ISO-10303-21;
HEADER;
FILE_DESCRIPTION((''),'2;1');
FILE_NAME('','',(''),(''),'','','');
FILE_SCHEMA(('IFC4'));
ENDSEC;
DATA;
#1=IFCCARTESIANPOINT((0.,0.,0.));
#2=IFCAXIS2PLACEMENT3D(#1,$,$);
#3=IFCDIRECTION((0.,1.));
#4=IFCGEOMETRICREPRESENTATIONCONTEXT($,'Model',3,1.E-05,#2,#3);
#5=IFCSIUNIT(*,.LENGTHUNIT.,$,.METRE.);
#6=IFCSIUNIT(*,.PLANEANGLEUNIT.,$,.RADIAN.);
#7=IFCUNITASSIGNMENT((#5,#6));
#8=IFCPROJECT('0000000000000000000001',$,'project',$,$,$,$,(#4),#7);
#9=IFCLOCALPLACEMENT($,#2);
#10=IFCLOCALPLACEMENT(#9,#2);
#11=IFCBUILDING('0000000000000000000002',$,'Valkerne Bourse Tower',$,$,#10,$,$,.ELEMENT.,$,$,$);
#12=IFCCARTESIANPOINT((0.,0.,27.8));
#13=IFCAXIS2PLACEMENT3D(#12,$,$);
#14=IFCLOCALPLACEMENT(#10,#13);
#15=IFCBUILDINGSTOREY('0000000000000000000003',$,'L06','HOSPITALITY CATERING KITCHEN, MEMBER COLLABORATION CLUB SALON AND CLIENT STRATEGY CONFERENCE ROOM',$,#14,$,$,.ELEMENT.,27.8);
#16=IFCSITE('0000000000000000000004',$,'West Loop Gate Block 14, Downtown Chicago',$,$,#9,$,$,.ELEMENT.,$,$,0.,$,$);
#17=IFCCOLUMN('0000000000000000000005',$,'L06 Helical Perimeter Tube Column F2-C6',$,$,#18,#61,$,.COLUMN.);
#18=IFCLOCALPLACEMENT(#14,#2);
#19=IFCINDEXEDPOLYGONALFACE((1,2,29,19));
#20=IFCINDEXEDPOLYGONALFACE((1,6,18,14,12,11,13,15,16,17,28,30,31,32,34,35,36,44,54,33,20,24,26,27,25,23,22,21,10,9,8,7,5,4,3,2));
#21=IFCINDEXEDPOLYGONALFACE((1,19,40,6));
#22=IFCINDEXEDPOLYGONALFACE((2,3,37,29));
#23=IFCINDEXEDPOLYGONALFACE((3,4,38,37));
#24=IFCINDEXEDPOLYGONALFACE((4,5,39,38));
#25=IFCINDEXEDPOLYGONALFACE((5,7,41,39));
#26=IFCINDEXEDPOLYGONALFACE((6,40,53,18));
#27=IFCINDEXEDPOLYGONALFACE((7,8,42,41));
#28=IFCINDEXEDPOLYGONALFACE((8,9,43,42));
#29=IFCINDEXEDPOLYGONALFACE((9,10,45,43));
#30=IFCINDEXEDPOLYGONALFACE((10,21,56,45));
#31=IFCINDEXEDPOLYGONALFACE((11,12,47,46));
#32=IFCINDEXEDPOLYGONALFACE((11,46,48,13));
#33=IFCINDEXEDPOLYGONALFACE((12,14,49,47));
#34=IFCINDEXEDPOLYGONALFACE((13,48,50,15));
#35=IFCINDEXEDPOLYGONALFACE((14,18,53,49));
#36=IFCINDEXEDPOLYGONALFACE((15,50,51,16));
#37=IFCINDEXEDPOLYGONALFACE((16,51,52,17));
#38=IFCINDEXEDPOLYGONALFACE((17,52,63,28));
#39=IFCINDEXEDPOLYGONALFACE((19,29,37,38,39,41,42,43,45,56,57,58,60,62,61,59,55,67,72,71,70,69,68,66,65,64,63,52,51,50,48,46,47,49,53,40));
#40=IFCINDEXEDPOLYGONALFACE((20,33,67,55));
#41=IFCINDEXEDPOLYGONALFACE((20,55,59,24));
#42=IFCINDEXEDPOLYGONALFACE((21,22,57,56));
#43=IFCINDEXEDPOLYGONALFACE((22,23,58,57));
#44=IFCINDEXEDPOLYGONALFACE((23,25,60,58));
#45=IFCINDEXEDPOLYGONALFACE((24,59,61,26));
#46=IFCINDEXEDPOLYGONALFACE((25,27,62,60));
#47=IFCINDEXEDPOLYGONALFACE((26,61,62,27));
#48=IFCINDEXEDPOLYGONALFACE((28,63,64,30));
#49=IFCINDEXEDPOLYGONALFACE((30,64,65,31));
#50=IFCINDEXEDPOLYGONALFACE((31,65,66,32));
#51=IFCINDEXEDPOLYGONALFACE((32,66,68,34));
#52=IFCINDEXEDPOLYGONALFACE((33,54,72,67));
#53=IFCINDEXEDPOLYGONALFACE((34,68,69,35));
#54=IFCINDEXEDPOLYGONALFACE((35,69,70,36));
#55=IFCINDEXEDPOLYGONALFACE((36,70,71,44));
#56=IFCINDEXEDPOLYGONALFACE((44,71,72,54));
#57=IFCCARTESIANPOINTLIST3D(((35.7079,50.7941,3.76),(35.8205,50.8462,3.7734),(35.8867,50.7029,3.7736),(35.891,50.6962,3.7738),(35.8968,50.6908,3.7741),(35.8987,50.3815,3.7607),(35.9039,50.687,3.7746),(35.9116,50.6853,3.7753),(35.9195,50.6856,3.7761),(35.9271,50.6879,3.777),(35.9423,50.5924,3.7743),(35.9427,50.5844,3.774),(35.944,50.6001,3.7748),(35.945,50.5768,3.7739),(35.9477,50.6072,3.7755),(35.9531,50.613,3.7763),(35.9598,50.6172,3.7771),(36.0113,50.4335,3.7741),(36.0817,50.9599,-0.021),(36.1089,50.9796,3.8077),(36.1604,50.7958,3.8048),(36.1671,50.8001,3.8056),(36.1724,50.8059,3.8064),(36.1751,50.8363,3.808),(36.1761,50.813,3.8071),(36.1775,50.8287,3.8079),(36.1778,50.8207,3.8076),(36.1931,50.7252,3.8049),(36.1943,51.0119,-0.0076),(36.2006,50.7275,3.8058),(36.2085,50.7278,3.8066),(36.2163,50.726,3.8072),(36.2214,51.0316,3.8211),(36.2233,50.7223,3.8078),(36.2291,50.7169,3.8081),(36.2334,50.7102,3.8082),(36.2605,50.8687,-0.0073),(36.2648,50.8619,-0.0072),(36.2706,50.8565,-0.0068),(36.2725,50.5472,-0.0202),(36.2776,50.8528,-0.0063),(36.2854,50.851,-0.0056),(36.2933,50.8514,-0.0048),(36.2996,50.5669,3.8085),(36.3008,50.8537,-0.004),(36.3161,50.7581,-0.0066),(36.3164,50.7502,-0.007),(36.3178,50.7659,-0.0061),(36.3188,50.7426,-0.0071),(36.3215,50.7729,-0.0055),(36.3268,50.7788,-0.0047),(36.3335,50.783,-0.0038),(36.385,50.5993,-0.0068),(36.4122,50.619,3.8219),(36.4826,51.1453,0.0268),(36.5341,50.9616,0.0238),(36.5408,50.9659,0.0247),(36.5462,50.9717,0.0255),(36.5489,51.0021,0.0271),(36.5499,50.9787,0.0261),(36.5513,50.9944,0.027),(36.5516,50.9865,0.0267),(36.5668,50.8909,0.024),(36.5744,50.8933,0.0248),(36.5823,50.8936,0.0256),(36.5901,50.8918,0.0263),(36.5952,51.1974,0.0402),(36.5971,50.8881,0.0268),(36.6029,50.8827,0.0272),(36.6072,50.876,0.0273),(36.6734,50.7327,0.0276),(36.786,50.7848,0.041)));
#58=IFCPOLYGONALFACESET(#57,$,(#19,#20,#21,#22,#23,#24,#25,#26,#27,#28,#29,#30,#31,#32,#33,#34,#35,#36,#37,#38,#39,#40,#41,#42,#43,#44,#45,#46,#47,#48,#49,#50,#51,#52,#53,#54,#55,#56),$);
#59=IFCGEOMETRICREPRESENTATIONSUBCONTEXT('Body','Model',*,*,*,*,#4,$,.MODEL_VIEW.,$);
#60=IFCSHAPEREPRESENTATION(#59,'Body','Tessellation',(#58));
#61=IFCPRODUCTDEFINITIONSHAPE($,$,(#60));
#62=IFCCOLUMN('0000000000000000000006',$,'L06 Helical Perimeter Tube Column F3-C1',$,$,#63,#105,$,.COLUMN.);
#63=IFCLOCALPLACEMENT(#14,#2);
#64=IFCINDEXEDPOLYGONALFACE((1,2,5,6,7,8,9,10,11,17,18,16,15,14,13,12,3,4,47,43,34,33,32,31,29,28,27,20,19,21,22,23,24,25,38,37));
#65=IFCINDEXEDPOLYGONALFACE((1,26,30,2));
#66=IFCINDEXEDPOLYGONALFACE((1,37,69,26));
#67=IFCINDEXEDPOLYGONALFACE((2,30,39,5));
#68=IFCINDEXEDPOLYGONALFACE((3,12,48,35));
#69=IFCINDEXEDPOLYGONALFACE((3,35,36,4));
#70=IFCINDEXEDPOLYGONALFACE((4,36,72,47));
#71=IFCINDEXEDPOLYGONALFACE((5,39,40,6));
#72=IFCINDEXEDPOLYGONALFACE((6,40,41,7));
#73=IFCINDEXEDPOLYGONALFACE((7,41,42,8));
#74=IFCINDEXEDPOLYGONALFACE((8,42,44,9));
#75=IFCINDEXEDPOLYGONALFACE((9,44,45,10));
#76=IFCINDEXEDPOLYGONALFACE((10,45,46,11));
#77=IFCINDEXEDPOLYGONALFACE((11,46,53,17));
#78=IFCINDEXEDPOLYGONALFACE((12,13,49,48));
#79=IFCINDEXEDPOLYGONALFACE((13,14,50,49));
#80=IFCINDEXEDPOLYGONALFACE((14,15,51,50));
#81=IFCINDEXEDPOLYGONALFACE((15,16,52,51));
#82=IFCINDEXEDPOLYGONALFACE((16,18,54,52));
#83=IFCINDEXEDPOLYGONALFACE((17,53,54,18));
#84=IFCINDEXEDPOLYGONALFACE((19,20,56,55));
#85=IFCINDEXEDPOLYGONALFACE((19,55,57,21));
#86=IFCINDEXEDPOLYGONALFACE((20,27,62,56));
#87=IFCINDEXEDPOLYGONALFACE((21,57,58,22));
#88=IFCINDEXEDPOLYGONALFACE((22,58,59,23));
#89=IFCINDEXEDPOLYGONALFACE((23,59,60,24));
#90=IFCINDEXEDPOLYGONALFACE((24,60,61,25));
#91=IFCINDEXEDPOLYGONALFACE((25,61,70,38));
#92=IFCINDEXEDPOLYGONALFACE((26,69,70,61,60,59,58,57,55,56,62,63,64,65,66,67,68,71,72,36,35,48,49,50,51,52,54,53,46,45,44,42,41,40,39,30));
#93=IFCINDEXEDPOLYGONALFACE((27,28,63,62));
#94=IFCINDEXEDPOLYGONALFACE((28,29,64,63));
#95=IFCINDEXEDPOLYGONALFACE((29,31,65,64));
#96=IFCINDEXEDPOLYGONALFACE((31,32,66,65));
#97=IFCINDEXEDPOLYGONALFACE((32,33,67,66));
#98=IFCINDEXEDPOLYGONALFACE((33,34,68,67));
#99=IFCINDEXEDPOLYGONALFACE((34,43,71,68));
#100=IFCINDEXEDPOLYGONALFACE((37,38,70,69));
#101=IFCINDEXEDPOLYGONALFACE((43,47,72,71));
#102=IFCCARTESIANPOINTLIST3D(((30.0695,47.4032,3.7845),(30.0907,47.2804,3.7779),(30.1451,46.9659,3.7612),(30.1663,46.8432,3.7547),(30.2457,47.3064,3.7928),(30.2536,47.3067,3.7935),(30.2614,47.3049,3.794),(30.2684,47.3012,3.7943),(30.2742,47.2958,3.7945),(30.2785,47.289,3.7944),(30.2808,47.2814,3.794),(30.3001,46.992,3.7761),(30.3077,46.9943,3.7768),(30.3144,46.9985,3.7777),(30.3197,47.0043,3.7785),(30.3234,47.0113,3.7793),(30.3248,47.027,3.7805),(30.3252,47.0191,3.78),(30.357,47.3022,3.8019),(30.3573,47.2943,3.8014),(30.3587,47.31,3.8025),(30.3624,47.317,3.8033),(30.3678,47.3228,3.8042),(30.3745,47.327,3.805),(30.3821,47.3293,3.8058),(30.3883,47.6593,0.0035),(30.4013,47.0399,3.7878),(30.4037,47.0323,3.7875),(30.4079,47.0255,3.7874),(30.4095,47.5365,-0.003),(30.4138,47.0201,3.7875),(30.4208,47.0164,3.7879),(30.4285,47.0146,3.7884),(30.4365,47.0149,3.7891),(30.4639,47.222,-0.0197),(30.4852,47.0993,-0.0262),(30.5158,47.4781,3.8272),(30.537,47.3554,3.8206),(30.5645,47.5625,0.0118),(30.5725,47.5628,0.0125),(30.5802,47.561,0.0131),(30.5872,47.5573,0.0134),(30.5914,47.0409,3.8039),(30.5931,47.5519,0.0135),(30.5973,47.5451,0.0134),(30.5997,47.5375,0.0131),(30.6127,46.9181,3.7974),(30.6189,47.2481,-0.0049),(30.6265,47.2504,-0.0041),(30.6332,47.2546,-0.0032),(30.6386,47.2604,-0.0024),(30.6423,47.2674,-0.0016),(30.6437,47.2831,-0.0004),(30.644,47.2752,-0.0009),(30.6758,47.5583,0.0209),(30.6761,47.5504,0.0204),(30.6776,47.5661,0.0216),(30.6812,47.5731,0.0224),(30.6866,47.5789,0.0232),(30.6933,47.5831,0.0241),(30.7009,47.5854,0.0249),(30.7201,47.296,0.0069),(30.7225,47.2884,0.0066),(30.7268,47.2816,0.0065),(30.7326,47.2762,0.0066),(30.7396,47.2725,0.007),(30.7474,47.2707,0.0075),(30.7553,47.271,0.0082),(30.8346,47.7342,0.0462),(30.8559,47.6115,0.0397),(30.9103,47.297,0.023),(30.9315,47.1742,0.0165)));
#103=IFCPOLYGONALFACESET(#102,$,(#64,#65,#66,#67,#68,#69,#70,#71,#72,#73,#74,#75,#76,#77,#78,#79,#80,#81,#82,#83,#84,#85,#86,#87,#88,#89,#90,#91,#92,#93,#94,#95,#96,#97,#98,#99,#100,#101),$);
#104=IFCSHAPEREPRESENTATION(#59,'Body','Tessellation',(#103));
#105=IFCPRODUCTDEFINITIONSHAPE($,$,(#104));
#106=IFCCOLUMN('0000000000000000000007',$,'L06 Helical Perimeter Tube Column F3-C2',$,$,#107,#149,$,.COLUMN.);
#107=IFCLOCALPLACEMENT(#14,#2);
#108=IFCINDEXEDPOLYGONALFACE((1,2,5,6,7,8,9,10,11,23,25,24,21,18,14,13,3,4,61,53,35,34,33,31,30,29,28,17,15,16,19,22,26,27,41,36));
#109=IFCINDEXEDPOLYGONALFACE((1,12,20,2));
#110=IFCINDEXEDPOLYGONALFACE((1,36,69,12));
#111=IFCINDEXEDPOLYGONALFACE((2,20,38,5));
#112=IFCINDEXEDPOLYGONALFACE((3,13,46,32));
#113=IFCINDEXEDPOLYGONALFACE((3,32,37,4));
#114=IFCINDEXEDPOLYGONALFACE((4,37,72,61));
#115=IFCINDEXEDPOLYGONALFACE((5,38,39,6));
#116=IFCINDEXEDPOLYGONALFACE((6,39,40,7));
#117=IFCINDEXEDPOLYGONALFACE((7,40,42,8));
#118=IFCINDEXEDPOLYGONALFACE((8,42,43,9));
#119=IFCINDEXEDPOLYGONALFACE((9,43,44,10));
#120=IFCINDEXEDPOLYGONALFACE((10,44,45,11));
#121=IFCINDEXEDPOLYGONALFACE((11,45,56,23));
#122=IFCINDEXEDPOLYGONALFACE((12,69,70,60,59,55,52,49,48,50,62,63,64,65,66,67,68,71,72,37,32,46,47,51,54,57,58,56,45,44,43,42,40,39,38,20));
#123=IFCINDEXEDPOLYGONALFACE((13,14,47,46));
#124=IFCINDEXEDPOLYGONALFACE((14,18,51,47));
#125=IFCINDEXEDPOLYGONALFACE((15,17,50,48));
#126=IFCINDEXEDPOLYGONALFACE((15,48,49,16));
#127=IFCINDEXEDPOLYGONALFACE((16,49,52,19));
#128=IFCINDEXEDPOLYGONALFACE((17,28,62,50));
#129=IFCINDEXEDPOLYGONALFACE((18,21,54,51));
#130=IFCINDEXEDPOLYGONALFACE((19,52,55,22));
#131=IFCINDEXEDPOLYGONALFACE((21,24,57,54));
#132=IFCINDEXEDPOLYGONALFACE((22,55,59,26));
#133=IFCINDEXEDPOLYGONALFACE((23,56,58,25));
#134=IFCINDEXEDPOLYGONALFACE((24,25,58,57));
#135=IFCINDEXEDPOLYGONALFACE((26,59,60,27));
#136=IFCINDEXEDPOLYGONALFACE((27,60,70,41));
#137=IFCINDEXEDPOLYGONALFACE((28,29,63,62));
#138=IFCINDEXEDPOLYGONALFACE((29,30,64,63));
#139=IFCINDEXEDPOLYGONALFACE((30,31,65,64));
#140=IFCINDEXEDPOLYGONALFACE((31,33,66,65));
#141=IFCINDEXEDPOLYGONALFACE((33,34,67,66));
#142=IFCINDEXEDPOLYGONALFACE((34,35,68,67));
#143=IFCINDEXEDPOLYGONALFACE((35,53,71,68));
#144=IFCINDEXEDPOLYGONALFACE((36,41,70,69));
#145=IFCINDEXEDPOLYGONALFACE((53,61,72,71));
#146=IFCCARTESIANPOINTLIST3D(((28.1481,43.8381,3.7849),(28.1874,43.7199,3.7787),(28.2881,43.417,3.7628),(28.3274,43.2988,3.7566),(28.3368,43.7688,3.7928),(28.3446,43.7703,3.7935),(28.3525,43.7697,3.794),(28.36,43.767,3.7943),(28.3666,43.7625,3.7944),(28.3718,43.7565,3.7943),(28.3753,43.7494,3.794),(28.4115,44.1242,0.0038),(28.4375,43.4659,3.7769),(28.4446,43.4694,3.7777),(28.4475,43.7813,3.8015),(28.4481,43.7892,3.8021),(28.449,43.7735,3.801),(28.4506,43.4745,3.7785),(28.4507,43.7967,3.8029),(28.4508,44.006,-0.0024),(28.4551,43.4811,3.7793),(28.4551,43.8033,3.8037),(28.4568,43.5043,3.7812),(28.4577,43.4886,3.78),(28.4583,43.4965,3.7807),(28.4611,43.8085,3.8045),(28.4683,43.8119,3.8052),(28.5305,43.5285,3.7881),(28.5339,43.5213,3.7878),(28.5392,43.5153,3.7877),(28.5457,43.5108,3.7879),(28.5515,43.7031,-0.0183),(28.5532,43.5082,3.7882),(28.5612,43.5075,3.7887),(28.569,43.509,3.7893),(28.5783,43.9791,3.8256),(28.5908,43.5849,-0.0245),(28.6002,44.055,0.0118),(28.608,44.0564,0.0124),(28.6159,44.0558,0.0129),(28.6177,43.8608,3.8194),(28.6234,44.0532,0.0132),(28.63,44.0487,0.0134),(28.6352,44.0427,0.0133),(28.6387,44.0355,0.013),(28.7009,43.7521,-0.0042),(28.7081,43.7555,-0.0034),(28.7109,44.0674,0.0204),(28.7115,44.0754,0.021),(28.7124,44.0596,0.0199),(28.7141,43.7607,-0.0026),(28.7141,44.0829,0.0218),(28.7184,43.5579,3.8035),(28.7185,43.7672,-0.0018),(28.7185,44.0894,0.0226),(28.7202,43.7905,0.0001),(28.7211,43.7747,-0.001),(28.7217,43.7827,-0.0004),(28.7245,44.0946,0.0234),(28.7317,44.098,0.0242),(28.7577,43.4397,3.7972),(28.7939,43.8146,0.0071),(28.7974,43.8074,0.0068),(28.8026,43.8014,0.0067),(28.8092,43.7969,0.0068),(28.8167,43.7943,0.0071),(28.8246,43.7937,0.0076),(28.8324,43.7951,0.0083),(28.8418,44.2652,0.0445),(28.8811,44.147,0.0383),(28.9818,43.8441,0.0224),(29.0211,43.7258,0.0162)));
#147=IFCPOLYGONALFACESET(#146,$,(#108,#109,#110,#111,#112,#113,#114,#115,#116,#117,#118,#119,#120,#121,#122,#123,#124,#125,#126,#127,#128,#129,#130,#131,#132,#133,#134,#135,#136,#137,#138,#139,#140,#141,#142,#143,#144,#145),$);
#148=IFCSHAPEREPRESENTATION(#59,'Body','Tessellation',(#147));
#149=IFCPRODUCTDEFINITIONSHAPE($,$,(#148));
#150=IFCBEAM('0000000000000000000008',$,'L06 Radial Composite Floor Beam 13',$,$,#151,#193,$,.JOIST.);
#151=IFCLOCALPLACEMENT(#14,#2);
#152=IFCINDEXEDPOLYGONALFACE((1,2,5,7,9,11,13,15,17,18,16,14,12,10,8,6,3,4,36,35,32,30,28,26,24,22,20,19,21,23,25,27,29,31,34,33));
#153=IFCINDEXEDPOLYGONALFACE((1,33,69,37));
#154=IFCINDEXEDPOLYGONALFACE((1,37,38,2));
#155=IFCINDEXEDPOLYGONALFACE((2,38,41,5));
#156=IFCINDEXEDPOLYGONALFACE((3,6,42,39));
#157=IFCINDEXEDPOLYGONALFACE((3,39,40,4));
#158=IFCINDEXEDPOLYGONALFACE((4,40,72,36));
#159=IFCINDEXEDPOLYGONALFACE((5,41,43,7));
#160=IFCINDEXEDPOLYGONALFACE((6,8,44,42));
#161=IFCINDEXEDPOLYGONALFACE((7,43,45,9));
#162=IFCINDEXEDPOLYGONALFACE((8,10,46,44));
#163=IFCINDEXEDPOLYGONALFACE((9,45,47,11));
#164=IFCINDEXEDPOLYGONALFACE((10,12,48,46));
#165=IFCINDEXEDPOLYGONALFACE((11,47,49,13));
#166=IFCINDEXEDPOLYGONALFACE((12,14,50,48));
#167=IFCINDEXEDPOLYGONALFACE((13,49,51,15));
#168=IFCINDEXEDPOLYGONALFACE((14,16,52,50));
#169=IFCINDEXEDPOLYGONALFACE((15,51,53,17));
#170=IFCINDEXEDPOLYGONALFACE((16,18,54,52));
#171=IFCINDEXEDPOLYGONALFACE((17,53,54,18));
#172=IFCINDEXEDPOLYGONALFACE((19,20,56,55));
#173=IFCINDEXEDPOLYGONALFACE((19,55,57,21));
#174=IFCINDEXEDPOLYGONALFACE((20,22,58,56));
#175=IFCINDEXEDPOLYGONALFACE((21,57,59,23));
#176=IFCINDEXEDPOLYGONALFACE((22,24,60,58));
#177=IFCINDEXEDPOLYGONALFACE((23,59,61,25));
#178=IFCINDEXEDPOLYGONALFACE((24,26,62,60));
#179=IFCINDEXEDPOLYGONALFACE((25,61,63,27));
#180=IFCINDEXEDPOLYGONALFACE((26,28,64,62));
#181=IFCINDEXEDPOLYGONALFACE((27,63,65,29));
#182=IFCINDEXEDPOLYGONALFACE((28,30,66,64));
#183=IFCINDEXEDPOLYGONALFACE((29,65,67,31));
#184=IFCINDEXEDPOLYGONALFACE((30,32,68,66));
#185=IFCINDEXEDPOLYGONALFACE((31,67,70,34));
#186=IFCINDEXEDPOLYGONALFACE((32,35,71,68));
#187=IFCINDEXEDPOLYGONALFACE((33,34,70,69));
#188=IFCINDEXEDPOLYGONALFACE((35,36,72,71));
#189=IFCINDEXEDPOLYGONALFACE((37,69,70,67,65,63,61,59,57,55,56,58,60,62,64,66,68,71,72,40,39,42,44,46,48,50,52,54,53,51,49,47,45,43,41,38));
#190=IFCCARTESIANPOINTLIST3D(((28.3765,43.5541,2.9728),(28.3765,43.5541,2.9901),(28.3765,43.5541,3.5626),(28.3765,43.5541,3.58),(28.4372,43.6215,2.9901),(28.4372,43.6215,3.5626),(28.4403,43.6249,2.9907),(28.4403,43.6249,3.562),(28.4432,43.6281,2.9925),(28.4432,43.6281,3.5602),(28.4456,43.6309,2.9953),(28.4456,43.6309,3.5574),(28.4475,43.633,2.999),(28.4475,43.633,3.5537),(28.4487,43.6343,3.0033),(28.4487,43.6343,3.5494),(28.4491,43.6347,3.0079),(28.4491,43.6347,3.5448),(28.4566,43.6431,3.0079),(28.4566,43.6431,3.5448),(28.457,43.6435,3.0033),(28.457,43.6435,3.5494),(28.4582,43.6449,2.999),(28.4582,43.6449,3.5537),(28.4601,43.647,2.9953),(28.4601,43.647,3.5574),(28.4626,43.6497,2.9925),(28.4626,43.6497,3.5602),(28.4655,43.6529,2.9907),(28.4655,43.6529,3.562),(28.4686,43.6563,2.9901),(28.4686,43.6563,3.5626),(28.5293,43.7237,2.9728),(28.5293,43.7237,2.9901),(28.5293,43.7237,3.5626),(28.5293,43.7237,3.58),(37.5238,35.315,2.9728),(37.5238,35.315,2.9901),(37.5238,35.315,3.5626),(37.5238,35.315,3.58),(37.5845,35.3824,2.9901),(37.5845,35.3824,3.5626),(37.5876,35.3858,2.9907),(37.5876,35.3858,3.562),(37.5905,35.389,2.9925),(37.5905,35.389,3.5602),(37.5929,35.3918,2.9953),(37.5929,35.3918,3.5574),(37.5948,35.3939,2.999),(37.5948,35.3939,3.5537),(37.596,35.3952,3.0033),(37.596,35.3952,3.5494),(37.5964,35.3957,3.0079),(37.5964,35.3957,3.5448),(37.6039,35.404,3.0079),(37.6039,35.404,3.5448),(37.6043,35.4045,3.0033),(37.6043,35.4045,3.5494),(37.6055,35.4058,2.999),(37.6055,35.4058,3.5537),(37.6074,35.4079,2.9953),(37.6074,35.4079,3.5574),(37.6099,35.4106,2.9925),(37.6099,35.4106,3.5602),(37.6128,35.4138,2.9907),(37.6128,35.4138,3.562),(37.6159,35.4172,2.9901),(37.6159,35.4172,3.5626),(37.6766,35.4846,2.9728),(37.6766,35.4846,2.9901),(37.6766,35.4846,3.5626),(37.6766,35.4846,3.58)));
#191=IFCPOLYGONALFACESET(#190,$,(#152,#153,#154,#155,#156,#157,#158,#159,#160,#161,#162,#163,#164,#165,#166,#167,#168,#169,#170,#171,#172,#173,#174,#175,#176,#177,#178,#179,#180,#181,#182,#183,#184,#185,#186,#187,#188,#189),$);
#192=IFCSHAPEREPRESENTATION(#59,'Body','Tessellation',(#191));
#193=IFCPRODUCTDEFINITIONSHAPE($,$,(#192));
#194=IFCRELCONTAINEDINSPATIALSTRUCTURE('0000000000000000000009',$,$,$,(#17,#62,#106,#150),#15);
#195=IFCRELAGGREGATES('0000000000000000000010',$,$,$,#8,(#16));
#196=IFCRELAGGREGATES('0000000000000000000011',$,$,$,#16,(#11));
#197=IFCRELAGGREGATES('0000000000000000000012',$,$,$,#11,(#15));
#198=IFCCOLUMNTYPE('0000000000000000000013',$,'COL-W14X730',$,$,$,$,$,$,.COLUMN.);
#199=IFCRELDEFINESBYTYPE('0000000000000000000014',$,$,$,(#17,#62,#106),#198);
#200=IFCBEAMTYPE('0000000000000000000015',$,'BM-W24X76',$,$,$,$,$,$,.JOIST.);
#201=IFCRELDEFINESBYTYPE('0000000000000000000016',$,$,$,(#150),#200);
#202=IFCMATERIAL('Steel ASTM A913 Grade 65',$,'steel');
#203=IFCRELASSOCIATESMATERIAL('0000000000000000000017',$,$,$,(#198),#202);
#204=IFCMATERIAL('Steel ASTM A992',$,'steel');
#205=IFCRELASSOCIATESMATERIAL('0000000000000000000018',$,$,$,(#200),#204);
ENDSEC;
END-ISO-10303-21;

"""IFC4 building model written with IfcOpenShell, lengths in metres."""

from ifc_helpers import new_model, si_unit, direction, frame, origin, origin_2d, place, context, subcontext, project, spatial, i_section, extrude, material, material_profile, profile_set, type_object, element, save


model = new_model("IFC4")

# Units and contexts
model_context = context("Model", 3, precision=1e-05, world=origin(), true_north=direction((0.0, 1.0)))
body_context = subcontext(model_context, "Body", "Model", "MODEL_VIEW")
ifc_project = project(units=[si_unit("LENGTHUNIT", "METRE"), si_unit("PLANEANGLEUNIT", "RADIAN")], contexts=[model_context])

# Site, building, storey
site_placement = place(None, origin())
site = spatial("IfcSite", under=ifc_project, at=site_placement, Name="West Loop Gate Block 14, Downtown Chicago", CompositionType="ELEMENT", RefElevation=0.0)
building_placement = place(site_placement, origin())
building = spatial("IfcBuilding", under=site, at=building_placement, Name="Valkerne Bourse Tower", CompositionType="ELEMENT")
storey_placement = place(building_placement, frame((0.0, 0.0, 27.8)))
storey = spatial("IfcBuildingStorey", under=building, at=storey_placement, Name="L06", Description="HOSPITALITY CATERING KITCHEN, MEMBER COLLABORATION CLUB SALON AND CLIENT STRATEGY CONFERENCE ROOM", CompositionType="ELEMENT", Elevation=27.8)

# Columns
ifc_material_1 = material(Name="Steel ASTM A913 Grade 65", Category="steel")
ifc_material_profile_1 = material_profile(ifc_material_1, i_section(OverallWidth=0.4546, OverallDepth=0.5691, WebThickness=0.0779, FlangeThickness=0.1248, FilletRadius=0.0305, at=origin_2d()), Name="W14X730")
ifc_profile_set_1 = profile_set([ifc_material_profile_1], Name="Steel ASTM A913 Grade 65")
column_type = type_object("IfcColumnType", Name="COL-W14X730", PredefinedType="COLUMN", material=ifc_profile_set_1)
for number, where, z_axis, x_axis, name in (
    (1, (36.4338, 50.8723, 0.01), (-0.098284, -0.043589, 0.994203), (-0.419643, 0.907687, -0.001689), "L06 Helical Perimeter Tube Column F2-C6"),
    (2, (30.6599, 47.4167, 0.01), (-0.08384, -0.067341, 0.994201), (-0.981835, -0.164834, -0.093962), "L06 Helical Perimeter Tube Column F3-C1"),
):
    element("IfcColumn", number, at=place(storey_placement, frame(where, z_axis=z_axis, x_axis=x_axis)), inside=storey, type_object=column_type, Name=name, PredefinedType="COLUMN", context=body_context, shape_type="SweptSolid", body=[
        extrude(i_section(OverallWidth=0.4546, OverallDepth=0.5691, WebThickness=0.0779, FlangeThickness=0.1248, FilletRadius=0.0305, at=origin_2d()), origin(), (0.0, 0.0, 1.0), 3.803),
    ])
column_placement = place(storey_placement, frame((28.7163, 43.925, 0.01), z_axis=(-0.069306, -0.075279, 0.994751), x_axis=(-0.946506, -0.310052, -0.089408)))
element("IfcColumn", 3, at=column_placement, inside=storey, type_object=column_type, Name="L06 Helical Perimeter Tube Column F3-C2", PredefinedType="COLUMN", context=body_context, shape_type="SweptSolid", body=[
    extrude(i_section(OverallWidth=0.4546, OverallDepth=0.5691, WebThickness=0.0779, FlangeThickness=0.1248, FilletRadius=0.0305, at=origin_2d()), origin(), (0.0, 0.0, 1.0), 3.801),
])

# Beam
ifc_material_2 = material(Name="Steel ASTM A992", Category="steel")
ifc_material_profile_2 = material_profile(ifc_material_2, i_section(OverallWidth=0.2283, OverallDepth=0.6072, WebThickness=0.0112, FlangeThickness=0.0173, FilletRadius=0.0178, at=origin_2d()), Name="W24X76")
ifc_profile_set_2 = profile_set([ifc_material_profile_2], Name="Steel ASTM A992")
beam_type_1 = type_object("IfcBeamType", Name="BM-W24X76", PredefinedType="JOIST", material=ifc_profile_set_2)
beam_1_placement = place(storey_placement, frame((28.4529, 43.6389, 3.2764), z_axis=(0.743031, -0.669257, 0.0), x_axis=(0.669257, 0.743031, 0.0)))
element("IfcBeam", 4, at=beam_1_placement, inside=storey, type_object=beam_type_1, Name="L06 Radial Composite Floor Beam 13", PredefinedType="JOIST", context=body_context, shape_type="SweptSolid", body=[
    extrude(i_section(OverallWidth=0.2283, OverallDepth=0.6072, WebThickness=0.0112, FlangeThickness=0.0173, FilletRadius=0.0178, at=origin_2d()), origin(), (0.0, 0.0, 1.0), 12.3108),
])

save(model, "model.ifc")
